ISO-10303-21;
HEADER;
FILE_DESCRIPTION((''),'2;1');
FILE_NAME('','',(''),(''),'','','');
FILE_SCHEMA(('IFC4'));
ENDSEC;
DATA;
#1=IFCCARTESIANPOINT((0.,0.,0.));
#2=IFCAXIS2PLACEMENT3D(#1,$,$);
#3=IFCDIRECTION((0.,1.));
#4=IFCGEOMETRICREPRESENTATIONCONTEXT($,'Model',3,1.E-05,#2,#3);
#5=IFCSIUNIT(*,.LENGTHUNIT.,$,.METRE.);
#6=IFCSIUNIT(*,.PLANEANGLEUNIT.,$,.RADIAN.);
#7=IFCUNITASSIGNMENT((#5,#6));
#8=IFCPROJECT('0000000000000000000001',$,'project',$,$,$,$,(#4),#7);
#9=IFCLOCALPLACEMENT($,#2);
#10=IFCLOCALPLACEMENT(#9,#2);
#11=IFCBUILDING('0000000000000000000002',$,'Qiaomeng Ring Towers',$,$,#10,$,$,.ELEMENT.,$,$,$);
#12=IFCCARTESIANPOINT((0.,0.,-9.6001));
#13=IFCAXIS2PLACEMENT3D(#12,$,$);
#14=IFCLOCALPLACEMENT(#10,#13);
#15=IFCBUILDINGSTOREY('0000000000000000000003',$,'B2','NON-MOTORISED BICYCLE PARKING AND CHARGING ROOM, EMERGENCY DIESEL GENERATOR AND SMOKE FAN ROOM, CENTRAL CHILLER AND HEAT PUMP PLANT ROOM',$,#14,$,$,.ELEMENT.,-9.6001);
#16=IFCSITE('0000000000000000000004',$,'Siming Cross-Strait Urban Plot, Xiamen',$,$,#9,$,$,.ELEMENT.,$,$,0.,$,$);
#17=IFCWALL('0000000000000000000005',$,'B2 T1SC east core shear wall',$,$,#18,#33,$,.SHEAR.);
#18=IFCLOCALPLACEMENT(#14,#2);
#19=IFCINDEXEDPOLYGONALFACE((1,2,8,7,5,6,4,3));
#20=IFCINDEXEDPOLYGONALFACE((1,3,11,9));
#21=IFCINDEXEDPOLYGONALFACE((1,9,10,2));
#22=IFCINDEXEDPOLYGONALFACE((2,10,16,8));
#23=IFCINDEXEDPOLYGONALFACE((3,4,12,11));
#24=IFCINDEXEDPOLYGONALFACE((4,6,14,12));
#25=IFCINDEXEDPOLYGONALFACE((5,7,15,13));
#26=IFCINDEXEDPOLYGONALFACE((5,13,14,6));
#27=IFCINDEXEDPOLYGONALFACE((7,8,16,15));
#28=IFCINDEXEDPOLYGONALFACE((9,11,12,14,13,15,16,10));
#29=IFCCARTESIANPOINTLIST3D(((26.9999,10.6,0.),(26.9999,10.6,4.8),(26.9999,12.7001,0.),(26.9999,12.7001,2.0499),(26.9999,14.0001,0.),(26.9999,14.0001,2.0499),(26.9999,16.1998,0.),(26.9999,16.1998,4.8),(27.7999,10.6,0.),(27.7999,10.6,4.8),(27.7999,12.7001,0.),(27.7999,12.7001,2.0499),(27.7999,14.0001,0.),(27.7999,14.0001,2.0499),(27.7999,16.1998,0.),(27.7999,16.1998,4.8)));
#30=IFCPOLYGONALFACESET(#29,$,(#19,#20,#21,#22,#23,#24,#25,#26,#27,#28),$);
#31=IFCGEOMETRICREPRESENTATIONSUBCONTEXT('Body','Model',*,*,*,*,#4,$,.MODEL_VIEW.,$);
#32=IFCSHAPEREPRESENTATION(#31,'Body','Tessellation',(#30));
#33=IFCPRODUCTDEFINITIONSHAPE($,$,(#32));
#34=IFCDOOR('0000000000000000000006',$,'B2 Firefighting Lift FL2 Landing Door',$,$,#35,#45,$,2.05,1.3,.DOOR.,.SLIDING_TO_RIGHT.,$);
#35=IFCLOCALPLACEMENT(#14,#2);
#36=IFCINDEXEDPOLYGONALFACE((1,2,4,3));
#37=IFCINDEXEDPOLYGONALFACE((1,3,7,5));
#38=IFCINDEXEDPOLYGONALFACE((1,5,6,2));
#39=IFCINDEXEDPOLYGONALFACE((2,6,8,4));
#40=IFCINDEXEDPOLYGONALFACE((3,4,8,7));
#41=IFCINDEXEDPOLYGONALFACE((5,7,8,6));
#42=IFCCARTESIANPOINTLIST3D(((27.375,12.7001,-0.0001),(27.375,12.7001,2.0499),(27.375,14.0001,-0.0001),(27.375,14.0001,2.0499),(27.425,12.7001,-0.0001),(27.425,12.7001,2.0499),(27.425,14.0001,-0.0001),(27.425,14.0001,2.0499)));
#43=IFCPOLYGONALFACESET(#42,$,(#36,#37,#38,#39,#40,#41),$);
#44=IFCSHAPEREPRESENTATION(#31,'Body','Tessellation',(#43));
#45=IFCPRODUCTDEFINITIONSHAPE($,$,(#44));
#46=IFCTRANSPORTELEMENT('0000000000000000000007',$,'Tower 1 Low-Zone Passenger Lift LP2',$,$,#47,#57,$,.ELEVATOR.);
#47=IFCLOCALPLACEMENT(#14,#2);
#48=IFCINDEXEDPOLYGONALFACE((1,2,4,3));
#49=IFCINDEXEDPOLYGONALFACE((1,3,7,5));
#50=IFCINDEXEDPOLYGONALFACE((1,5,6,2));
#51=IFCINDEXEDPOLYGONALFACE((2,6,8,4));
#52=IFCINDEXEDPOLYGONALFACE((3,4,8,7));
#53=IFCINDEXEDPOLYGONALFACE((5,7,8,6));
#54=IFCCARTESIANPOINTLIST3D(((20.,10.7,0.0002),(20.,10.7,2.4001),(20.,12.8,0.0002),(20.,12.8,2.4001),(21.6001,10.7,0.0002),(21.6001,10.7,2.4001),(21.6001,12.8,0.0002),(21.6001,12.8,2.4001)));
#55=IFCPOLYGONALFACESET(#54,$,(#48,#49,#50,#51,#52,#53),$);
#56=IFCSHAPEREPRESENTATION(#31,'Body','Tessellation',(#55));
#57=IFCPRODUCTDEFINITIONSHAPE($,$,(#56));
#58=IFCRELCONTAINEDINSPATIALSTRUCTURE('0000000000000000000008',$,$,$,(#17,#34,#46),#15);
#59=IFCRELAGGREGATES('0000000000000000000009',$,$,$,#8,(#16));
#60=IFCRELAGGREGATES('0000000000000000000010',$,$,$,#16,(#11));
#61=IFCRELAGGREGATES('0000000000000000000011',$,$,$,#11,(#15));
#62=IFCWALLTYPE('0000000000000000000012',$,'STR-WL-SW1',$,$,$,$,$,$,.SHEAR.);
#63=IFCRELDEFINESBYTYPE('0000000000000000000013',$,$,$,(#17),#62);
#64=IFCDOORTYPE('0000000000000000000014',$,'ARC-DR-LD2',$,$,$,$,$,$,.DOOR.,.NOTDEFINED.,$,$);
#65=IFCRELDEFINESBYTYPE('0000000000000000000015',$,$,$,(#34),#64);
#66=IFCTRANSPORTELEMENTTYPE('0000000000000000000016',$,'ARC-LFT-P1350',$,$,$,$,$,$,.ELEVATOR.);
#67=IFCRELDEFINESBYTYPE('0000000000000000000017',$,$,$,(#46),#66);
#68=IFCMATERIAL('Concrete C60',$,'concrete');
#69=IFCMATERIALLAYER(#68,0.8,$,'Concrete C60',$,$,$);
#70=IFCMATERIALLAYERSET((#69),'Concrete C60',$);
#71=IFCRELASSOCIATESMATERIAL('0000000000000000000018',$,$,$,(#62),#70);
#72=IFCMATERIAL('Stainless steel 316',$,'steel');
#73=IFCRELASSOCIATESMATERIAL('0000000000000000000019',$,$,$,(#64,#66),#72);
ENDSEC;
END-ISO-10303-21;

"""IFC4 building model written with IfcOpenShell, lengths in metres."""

from ifc_helpers import new_model, si_unit, direction, frame, frame_2d, origin, origin_2d, place, context, subcontext, project, spatial, rectangle, extrude, source, transform, mapped, material, layer, layer_set, type_object, element, fill, save


model = new_model("IFC4")

# Units and contexts
model_context = context("Model", 3, precision=1e-05, world=origin(), true_north=direction((0.0, 1.0)))
body_context = subcontext(model_context, "Body", "Model", "MODEL_VIEW")
ifc_project = project(units=[si_unit("LENGTHUNIT", "METRE"), si_unit("PLANEANGLEUNIT", "RADIAN")], contexts=[model_context])

# Site, building, storey
site_placement = place(None, origin())
site = spatial("IfcSite", under=ifc_project, at=site_placement, Name="Siming Cross-Strait Urban Plot, Xiamen", CompositionType="ELEMENT", RefElevation=0.0)
building_placement = place(site_placement, origin())
building = spatial("IfcBuilding", under=site, at=building_placement, Name="Qiaomeng Ring Towers", CompositionType="ELEMENT")
storey_placement = place(building_placement, frame((0.0, 0.0, -9.6001)))
storey = spatial("IfcBuildingStorey", under=building, at=storey_placement, Name="B2", Description="NON-MOTORISED BICYCLE PARKING AND CHARGING ROOM, EMERGENCY DIESEL GENERATOR AND SMOKE FAN ROOM, CENTRAL CHILLER AND HEAT PUMP PLANT ROOM", CompositionType="ELEMENT", Elevation=-9.6001)

# Shared definitions
ifc_material_1 = material(Name="Concrete C60", Category="concrete")

# Wall, opening, door
ifc_layer_1 = layer(ifc_material_1, 0.8, Name="Concrete C60")
ifc_layer_set_1 = layer_set([ifc_layer_1], Name="Concrete C60")
wall_type_1 = type_object("IfcWallType", Name="STR-WL-SW1", PredefinedType="SHEAR", material=ifc_layer_set_1)
wall_1_placement = place(storey_placement, frame((27.3999, 10.6001, 0.0), z_axis=(0.0, 0.0, 1.0), x_axis=(0.0, 1.0, 0.0)))
wall_1 = element("IfcWall", 1, at=wall_1_placement, inside=storey, type_object=wall_type_1, Name="B2 T1SC east core shear wall", PredefinedType="SHEAR", context=body_context, shape_type="SweptSolid", body=[
    extrude(rectangle(XDim=5.5999, YDim=0.8, at=frame_2d((2.7998, 0.0))), origin(), (0.0, 0.0, 1.0), 4.8),
])
opening_placement = place(wall_1_placement, frame((2.1001, 0.0, 0.0)))
opening = element("IfcOpeningElement", 2, at=opening_placement, cuts=wall_1, PredefinedType="OPENING", context=body_context, shape_type="SweptSolid", body=[
    extrude(rectangle(XDim=1.3, YDim=2.05, at=frame_2d((0.6499, 1.0249))), frame((0.0, 0.4099, 0.0), z_axis=(0.0, -1.0, 0.0), x_axis=(1.0, 0.0, 0.0)), (0.0, 0.0, 1.0), 0.8201),
])
ifc_material_2 = material(Name="Stainless steel 316", Category="steel")
door_type = type_object("IfcDoorType", Name="ARC-DR-LD2", OperationType="NOTDEFINED", PredefinedType="DOOR", material=ifc_material_2)
shared_shape_1 = source(origin(), body_context, "Body", "SweptSolid", [
    extrude(rectangle(XDim=1.3, YDim=2.05, at=frame_2d((0.6499, 1.0249))), frame((0.0, 0.0249, 0.0), z_axis=(0.0, -1.0, 0.0), x_axis=(1.0, 0.0, 0.0)), (0.0, 0.0, 1.0), 0.05),
])
door_placement = place(opening_placement, origin())
door = element("IfcDoor", 3, at=door_placement, inside=storey, type_object=door_type, Name="B2 Firefighting Lift FL2 Landing Door", OperationType="SLIDING_TO_RIGHT", OverallHeight=2.05, OverallWidth=1.3, PredefinedType="DOOR", context=body_context, shape_type="MappedRepresentation", body=[
    mapped(shared_shape_1, transform((0.0, 0.0, 0.0), x_axis=(1.0, 0.0, 0.0), y_axis=(0.0, 1.0, 0.0), z_axis=(0.0, 0.0, 1.0), scale=1.0)),
])
fill(opening, door)

# Transport element
transport_element_type = type_object("IfcTransportElementType", Name="ARC-LFT-P1350", PredefinedType="ELEVATOR", material=ifc_material_2)
shared_shape_2 = source(origin(), body_context, "Body", "SweptSolid", [
    extrude(rectangle(XDim=1.6001, YDim=2.1001, at=origin_2d()), origin(), (0.0, 0.0, 1.0), 2.3999),
])
transport_element_placement = place(storey_placement, frame((20.8, 11.75, 0.0002), z_axis=(0.0, 0.0, 1.0), x_axis=(1.0, 0.0, 0.0)))
element("IfcTransportElement", 4, at=transport_element_placement, inside=storey, type_object=transport_element_type, Name="Tower 1 Low-Zone Passenger Lift LP2", PredefinedType="ELEVATOR", context=body_context, shape_type="MappedRepresentation", body=[
    mapped(shared_shape_2, transform((0.0, 0.0, 0.0), x_axis=(1.0, 0.0, 0.0), y_axis=(0.0, 1.0, 0.0), z_axis=(0.0, 0.0, 1.0), scale=1.0)),
])

save(model, "model.ifc")
